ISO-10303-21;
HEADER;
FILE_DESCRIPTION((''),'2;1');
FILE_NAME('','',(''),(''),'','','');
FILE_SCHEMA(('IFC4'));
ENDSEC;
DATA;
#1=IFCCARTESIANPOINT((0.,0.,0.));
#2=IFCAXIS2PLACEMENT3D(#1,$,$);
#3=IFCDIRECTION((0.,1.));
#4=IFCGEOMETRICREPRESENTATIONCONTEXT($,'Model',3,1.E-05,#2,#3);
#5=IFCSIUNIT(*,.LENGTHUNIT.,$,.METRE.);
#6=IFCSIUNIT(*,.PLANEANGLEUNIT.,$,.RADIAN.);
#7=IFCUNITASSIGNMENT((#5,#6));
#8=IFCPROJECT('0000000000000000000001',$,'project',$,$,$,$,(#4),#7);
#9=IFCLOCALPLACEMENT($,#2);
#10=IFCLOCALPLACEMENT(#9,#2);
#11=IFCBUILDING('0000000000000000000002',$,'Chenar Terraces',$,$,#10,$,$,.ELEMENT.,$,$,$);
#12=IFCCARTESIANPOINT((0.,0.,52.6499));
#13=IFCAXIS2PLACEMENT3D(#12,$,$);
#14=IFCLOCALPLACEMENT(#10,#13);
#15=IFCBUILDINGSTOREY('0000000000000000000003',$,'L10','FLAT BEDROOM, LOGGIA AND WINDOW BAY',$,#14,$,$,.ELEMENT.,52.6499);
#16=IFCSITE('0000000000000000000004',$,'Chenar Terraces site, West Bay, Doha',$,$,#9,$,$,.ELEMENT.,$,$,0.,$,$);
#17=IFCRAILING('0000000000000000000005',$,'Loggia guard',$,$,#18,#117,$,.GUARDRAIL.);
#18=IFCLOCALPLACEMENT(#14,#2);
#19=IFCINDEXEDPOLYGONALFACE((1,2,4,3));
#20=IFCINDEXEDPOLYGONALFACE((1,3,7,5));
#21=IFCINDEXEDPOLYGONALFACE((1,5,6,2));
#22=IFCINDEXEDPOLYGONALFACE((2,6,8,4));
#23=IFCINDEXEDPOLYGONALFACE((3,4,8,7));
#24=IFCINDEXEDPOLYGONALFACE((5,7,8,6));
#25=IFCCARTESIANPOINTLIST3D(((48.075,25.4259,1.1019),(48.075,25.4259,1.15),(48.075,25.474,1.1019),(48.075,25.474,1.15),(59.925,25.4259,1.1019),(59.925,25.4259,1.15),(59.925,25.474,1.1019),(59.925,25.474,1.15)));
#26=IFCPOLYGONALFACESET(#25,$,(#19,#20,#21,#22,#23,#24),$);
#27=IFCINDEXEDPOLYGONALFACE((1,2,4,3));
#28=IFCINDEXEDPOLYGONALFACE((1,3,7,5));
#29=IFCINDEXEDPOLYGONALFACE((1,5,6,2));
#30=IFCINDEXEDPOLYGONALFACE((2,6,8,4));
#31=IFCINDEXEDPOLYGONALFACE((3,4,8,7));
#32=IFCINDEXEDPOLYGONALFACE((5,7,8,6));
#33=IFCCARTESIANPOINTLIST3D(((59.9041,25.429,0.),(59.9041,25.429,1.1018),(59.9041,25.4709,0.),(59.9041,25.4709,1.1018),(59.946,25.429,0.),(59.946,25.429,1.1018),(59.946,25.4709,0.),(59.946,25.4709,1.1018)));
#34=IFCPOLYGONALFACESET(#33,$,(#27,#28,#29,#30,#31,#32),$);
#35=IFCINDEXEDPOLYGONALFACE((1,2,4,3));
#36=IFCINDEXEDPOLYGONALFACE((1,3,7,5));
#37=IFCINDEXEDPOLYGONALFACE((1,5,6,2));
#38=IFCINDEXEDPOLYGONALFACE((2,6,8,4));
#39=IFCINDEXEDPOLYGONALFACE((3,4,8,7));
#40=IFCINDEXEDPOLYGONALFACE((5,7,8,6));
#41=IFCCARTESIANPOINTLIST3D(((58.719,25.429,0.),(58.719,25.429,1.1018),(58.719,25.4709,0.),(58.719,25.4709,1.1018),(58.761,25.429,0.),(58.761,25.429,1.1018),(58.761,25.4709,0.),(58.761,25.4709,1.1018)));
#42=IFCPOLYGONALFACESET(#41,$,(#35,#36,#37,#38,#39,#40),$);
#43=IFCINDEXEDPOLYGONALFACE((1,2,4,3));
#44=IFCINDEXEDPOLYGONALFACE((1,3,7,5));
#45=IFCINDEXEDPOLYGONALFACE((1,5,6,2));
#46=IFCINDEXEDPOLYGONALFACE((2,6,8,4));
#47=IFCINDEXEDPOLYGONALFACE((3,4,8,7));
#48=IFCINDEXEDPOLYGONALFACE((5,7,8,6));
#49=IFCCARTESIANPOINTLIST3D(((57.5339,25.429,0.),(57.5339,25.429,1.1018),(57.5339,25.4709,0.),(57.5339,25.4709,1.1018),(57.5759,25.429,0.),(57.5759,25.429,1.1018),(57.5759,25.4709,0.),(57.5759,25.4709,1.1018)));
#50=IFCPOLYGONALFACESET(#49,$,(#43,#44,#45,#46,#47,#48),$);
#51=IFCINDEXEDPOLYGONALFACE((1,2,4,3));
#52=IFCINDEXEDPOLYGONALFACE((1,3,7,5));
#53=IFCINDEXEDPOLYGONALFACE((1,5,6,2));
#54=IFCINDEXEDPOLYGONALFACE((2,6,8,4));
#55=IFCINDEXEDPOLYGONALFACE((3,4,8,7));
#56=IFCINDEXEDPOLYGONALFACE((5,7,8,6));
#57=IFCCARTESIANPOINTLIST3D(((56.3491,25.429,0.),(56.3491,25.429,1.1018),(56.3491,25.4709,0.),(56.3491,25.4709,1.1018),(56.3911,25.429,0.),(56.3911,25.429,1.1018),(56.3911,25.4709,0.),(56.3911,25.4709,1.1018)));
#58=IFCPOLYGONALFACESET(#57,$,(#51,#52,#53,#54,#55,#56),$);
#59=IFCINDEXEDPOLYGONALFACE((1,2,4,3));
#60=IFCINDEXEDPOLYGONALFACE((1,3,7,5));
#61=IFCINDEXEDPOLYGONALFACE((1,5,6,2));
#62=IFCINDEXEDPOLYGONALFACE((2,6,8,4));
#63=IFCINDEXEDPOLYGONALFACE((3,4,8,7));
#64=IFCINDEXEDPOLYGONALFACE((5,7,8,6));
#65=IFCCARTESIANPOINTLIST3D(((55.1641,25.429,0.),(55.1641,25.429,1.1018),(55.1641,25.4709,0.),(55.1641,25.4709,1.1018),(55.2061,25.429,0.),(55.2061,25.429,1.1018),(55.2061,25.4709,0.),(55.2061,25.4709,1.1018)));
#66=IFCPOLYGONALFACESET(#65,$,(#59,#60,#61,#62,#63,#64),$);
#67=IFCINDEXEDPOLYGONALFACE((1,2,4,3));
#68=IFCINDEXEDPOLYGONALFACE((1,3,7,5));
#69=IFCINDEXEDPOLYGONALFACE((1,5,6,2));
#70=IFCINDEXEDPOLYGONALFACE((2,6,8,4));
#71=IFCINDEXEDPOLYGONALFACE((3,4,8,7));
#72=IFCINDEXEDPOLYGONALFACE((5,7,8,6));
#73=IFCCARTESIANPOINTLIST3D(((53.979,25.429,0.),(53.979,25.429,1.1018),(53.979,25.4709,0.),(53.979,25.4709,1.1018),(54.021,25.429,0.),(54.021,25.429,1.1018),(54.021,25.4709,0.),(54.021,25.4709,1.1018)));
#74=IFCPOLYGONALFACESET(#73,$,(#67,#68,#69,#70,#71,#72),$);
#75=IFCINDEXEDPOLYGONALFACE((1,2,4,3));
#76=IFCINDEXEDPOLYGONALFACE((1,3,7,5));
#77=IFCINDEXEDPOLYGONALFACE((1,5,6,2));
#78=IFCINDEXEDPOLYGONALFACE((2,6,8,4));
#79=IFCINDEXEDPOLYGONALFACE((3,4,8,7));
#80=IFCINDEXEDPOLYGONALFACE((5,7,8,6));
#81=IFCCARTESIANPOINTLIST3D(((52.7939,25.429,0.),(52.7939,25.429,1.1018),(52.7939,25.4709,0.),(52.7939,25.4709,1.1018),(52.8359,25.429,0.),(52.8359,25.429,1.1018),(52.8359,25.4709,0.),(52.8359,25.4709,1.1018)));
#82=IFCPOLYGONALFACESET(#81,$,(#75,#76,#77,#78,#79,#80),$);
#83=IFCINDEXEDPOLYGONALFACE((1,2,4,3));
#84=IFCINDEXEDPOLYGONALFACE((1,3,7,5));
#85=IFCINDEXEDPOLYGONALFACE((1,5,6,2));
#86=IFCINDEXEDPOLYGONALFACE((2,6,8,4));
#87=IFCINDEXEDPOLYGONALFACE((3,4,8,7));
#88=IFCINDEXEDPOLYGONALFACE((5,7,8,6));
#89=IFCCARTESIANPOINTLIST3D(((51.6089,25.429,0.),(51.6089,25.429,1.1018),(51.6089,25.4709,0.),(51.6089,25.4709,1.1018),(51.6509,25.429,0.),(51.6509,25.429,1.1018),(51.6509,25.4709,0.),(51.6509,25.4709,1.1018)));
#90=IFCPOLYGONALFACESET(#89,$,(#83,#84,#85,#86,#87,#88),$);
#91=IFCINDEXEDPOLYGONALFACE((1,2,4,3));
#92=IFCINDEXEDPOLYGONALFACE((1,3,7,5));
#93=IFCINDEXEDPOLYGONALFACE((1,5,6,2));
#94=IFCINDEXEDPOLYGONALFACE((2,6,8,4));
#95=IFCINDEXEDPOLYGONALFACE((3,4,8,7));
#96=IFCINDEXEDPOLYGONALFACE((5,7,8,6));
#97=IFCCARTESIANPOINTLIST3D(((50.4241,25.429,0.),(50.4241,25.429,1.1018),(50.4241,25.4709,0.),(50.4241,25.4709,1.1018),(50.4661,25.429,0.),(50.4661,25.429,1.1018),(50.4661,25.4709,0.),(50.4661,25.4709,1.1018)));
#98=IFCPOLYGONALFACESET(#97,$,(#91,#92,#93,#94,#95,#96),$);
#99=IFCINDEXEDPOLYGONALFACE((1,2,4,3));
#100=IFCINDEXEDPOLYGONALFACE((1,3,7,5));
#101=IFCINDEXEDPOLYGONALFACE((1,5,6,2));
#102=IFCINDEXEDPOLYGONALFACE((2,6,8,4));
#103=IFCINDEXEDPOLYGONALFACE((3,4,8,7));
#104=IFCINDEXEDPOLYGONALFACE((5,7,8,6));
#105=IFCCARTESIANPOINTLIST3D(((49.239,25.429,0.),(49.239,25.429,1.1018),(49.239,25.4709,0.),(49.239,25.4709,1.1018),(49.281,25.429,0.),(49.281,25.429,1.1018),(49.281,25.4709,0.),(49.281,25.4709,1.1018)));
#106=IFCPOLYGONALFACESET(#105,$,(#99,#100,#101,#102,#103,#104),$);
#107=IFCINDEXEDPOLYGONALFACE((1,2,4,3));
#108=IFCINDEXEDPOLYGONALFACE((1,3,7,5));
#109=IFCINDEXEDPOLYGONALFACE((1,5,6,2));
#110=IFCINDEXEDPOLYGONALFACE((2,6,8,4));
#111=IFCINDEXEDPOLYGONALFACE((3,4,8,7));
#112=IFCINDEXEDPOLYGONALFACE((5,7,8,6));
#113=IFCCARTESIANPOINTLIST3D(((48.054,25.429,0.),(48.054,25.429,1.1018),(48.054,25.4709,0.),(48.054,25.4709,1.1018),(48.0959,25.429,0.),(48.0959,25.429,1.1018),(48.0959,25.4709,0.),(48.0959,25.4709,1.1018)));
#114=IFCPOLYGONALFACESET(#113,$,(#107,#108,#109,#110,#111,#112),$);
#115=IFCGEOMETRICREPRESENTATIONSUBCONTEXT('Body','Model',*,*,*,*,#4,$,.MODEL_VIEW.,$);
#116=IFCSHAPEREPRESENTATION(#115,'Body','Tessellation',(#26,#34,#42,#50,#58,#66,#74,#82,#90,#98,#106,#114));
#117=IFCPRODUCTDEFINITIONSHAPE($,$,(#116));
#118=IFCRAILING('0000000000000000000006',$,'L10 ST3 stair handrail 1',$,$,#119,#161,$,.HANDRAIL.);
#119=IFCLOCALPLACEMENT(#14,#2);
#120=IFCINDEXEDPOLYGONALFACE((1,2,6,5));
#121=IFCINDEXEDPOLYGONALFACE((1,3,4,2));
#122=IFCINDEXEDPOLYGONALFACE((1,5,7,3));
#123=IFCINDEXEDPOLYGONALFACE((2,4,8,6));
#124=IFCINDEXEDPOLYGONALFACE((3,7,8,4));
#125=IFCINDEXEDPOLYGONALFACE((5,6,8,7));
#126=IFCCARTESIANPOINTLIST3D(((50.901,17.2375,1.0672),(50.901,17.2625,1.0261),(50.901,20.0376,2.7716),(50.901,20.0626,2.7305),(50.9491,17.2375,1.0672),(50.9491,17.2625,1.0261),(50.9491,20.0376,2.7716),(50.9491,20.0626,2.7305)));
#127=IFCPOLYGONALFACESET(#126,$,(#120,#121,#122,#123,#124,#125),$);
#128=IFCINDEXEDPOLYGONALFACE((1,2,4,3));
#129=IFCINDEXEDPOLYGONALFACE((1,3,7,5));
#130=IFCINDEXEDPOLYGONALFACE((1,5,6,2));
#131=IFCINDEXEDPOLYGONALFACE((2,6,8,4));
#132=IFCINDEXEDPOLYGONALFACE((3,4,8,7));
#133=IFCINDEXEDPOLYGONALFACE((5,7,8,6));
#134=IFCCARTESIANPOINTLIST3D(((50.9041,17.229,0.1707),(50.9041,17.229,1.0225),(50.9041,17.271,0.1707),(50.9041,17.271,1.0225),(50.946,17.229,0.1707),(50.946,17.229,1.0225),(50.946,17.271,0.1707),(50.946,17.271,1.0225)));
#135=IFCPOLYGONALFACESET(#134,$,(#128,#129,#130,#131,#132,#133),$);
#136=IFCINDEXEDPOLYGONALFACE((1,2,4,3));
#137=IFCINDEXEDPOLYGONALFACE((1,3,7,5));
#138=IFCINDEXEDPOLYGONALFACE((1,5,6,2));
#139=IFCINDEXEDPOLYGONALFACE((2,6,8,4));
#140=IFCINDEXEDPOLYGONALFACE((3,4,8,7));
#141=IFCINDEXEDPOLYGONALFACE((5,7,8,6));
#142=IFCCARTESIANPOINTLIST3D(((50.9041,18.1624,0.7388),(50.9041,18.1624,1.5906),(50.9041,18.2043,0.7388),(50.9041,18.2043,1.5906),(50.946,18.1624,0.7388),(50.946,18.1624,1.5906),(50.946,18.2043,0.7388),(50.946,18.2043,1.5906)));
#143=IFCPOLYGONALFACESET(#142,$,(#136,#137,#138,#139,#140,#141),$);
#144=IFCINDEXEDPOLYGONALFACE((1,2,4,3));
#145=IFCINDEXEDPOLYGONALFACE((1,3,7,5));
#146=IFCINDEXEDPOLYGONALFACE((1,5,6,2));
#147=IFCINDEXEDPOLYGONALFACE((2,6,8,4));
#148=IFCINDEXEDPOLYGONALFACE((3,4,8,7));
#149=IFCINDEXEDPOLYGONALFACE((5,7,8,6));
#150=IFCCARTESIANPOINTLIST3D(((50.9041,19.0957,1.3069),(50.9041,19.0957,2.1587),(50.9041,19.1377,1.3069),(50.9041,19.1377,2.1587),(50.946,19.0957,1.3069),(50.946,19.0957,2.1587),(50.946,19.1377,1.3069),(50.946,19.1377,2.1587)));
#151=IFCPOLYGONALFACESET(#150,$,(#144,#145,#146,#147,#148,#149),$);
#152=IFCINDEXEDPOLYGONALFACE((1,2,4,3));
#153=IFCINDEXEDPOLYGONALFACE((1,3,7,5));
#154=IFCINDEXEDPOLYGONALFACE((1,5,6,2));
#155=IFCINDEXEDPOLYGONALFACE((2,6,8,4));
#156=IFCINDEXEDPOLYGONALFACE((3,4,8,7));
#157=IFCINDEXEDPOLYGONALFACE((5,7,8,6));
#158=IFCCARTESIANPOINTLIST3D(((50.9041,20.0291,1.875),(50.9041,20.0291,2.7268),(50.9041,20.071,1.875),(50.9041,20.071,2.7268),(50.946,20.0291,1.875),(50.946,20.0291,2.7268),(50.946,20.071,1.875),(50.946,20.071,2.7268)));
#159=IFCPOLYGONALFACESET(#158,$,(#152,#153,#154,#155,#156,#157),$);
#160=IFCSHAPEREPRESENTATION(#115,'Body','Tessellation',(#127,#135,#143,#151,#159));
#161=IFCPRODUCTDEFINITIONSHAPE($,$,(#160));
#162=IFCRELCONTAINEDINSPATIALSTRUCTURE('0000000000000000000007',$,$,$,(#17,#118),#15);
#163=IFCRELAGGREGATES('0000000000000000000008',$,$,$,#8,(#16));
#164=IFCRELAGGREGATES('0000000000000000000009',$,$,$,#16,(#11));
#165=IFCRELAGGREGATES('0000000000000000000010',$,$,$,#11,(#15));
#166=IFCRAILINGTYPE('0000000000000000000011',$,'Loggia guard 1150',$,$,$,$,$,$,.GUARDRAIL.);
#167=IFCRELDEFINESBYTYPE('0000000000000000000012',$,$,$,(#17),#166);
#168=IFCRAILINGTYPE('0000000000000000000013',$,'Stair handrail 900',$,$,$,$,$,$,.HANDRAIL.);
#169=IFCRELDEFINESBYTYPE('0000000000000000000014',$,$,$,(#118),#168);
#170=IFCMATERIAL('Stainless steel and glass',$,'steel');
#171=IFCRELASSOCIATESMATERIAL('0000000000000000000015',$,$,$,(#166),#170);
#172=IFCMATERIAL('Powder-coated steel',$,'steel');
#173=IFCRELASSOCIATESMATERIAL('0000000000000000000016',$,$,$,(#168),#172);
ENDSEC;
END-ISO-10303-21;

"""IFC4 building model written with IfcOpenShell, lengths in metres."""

from ifc_helpers import new_model, si_unit, direction, frame, origin, origin_2d, place, context, subcontext, project, spatial, rectangle, extrude, material, type_object, element, save


model = new_model("IFC4")

# Units and contexts
model_context = context("Model", 3, precision=1e-05, world=origin(), true_north=direction((0.0, 1.0)))
body_context = subcontext(model_context, "Body", "Model", "MODEL_VIEW")
ifc_project = project(units=[si_unit("LENGTHUNIT", "METRE"), si_unit("PLANEANGLEUNIT", "RADIAN")], contexts=[model_context])

# Site, building, storey
site_placement = place(None, origin())
site = spatial("IfcSite", under=ifc_project, at=site_placement, Name="Chenar Terraces site, West Bay, Doha", CompositionType="ELEMENT", RefElevation=0.0)
building_placement = place(site_placement, origin())
building = spatial("IfcBuilding", under=site, at=building_placement, Name="Chenar Terraces", CompositionType="ELEMENT")
storey_placement = place(building_placement, frame((0.0, 0.0, 52.6499)))
storey = spatial("IfcBuildingStorey", under=building, at=storey_placement, Name="L10", Description="FLAT BEDROOM, LOGGIA AND WINDOW BAY", CompositionType="ELEMENT", Elevation=52.6499)

# Railings
ifc_material_1 = material(Name="Stainless steel and glass", Category="steel")
railing_type_1 = type_object("IfcRailingType", Name="Loggia guard 1150", PredefinedType="GUARDRAIL", material=ifc_material_1)
railing_1_placement = place(storey_placement, frame((59.925, 25.45, 0.0)))
element("IfcRailing", 1, at=railing_1_placement, inside=storey, type_object=railing_type_1, Name="Loggia guard", PredefinedType="GUARDRAIL", context=body_context, shape_type="SweptSolid", body=[
    extrude(rectangle(XDim=0.0481, YDim=0.0481, at=origin_2d()), frame((0.0, 0.0, 1.126), z_axis=(-1.0, 0.0, 0.0), x_axis=(0.0, -1.0, 0.0)), (0.0, 0.0, 1.0), 11.8501),
    extrude(rectangle(XDim=0.042, YDim=0.042, at=origin_2d()), origin(), (0.0, 0.0, 1.0), 1.1018),
    extrude(rectangle(XDim=0.042, YDim=0.042, at=origin_2d()), frame((-1.1851, 0.0, 0.0)), (0.0, 0.0, 1.0), 1.1018),
    extrude(rectangle(XDim=0.042, YDim=0.042, at=origin_2d()), frame((-2.3701, 0.0, 0.0)), (0.0, 0.0, 1.0), 1.1018),
    extrude(rectangle(XDim=0.042, YDim=0.042, at=origin_2d()), frame((-3.5549, 0.0, 0.0)), (0.0, 0.0, 1.0), 1.1018),
    extrude(rectangle(XDim=0.042, YDim=0.042, at=origin_2d()), frame((-4.74, 0.0, 0.0)), (0.0, 0.0, 1.0), 1.1018),
    extrude(rectangle(XDim=0.042, YDim=0.042, at=origin_2d()), frame((-5.925, 0.0, 0.0)), (0.0, 0.0, 1.0), 1.1018),
    extrude(rectangle(XDim=0.042, YDim=0.042, at=origin_2d()), frame((-7.1101, 0.0, 0.0)), (0.0, 0.0, 1.0), 1.1018),
    extrude(rectangle(XDim=0.042, YDim=0.042, at=origin_2d()), frame((-8.2952, 0.0, 0.0)), (0.0, 0.0, 1.0), 1.1018),
    extrude(rectangle(XDim=0.042, YDim=0.042, at=origin_2d()), frame((-9.48, 0.0, 0.0)), (0.0, 0.0, 1.0), 1.1018),
    extrude(rectangle(XDim=0.042, YDim=0.042, at=origin_2d()), frame((-10.665, 0.0, 0.0)), (0.0, 0.0, 1.0), 1.1018),
    extrude(rectangle(XDim=0.042, YDim=0.042, at=origin_2d()), frame((-11.8501, 0.0, 0.0)), (0.0, 0.0, 1.0), 1.1018),
])
ifc_material_2 = material(Name="Powder-coated steel", Category="steel")
railing_type_2 = type_object("IfcRailingType", Name="Stair handrail 900", PredefinedType="HANDRAIL", material=ifc_material_2)
railing_2_placement = place(storey_placement, frame((50.925, 17.25, 0.1707)))
element("IfcRailing", 2, at=railing_2_placement, inside=storey, type_object=railing_type_2, Name="L10 ST3 stair handrail 1", PredefinedType="HANDRAIL", context=body_context, shape_type="SweptSolid", body=[
    extrude(rectangle(XDim=0.0481, YDim=0.0481, at=origin_2d()), frame((0.0, 0.0, 0.876), z_axis=(0.0, 0.854203, 0.51994), x_axis=(-1.0, 0.0, 0.0)), (0.0, 0.0, 1.0), 3.2781),
    extrude(rectangle(XDim=0.042, YDim=0.042, at=origin_2d()), origin(), (0.0, 0.0, 1.0), 0.8518),
    extrude(rectangle(XDim=0.042, YDim=0.042, at=origin_2d()), frame((0.0, 0.9333, 0.5681)), (0.0, 0.0, 1.0), 0.8518),
    extrude(rectangle(XDim=0.042, YDim=0.042, at=origin_2d()), frame((0.0, 1.8667, 1.1362)), (0.0, 0.0, 1.0), 0.8518),
    extrude(rectangle(XDim=0.042, YDim=0.042, at=origin_2d()), frame((0.0, 2.8, 1.7043)), (0.0, 0.0, 1.0), 0.8518),
])

save(model, "model.ifc")
